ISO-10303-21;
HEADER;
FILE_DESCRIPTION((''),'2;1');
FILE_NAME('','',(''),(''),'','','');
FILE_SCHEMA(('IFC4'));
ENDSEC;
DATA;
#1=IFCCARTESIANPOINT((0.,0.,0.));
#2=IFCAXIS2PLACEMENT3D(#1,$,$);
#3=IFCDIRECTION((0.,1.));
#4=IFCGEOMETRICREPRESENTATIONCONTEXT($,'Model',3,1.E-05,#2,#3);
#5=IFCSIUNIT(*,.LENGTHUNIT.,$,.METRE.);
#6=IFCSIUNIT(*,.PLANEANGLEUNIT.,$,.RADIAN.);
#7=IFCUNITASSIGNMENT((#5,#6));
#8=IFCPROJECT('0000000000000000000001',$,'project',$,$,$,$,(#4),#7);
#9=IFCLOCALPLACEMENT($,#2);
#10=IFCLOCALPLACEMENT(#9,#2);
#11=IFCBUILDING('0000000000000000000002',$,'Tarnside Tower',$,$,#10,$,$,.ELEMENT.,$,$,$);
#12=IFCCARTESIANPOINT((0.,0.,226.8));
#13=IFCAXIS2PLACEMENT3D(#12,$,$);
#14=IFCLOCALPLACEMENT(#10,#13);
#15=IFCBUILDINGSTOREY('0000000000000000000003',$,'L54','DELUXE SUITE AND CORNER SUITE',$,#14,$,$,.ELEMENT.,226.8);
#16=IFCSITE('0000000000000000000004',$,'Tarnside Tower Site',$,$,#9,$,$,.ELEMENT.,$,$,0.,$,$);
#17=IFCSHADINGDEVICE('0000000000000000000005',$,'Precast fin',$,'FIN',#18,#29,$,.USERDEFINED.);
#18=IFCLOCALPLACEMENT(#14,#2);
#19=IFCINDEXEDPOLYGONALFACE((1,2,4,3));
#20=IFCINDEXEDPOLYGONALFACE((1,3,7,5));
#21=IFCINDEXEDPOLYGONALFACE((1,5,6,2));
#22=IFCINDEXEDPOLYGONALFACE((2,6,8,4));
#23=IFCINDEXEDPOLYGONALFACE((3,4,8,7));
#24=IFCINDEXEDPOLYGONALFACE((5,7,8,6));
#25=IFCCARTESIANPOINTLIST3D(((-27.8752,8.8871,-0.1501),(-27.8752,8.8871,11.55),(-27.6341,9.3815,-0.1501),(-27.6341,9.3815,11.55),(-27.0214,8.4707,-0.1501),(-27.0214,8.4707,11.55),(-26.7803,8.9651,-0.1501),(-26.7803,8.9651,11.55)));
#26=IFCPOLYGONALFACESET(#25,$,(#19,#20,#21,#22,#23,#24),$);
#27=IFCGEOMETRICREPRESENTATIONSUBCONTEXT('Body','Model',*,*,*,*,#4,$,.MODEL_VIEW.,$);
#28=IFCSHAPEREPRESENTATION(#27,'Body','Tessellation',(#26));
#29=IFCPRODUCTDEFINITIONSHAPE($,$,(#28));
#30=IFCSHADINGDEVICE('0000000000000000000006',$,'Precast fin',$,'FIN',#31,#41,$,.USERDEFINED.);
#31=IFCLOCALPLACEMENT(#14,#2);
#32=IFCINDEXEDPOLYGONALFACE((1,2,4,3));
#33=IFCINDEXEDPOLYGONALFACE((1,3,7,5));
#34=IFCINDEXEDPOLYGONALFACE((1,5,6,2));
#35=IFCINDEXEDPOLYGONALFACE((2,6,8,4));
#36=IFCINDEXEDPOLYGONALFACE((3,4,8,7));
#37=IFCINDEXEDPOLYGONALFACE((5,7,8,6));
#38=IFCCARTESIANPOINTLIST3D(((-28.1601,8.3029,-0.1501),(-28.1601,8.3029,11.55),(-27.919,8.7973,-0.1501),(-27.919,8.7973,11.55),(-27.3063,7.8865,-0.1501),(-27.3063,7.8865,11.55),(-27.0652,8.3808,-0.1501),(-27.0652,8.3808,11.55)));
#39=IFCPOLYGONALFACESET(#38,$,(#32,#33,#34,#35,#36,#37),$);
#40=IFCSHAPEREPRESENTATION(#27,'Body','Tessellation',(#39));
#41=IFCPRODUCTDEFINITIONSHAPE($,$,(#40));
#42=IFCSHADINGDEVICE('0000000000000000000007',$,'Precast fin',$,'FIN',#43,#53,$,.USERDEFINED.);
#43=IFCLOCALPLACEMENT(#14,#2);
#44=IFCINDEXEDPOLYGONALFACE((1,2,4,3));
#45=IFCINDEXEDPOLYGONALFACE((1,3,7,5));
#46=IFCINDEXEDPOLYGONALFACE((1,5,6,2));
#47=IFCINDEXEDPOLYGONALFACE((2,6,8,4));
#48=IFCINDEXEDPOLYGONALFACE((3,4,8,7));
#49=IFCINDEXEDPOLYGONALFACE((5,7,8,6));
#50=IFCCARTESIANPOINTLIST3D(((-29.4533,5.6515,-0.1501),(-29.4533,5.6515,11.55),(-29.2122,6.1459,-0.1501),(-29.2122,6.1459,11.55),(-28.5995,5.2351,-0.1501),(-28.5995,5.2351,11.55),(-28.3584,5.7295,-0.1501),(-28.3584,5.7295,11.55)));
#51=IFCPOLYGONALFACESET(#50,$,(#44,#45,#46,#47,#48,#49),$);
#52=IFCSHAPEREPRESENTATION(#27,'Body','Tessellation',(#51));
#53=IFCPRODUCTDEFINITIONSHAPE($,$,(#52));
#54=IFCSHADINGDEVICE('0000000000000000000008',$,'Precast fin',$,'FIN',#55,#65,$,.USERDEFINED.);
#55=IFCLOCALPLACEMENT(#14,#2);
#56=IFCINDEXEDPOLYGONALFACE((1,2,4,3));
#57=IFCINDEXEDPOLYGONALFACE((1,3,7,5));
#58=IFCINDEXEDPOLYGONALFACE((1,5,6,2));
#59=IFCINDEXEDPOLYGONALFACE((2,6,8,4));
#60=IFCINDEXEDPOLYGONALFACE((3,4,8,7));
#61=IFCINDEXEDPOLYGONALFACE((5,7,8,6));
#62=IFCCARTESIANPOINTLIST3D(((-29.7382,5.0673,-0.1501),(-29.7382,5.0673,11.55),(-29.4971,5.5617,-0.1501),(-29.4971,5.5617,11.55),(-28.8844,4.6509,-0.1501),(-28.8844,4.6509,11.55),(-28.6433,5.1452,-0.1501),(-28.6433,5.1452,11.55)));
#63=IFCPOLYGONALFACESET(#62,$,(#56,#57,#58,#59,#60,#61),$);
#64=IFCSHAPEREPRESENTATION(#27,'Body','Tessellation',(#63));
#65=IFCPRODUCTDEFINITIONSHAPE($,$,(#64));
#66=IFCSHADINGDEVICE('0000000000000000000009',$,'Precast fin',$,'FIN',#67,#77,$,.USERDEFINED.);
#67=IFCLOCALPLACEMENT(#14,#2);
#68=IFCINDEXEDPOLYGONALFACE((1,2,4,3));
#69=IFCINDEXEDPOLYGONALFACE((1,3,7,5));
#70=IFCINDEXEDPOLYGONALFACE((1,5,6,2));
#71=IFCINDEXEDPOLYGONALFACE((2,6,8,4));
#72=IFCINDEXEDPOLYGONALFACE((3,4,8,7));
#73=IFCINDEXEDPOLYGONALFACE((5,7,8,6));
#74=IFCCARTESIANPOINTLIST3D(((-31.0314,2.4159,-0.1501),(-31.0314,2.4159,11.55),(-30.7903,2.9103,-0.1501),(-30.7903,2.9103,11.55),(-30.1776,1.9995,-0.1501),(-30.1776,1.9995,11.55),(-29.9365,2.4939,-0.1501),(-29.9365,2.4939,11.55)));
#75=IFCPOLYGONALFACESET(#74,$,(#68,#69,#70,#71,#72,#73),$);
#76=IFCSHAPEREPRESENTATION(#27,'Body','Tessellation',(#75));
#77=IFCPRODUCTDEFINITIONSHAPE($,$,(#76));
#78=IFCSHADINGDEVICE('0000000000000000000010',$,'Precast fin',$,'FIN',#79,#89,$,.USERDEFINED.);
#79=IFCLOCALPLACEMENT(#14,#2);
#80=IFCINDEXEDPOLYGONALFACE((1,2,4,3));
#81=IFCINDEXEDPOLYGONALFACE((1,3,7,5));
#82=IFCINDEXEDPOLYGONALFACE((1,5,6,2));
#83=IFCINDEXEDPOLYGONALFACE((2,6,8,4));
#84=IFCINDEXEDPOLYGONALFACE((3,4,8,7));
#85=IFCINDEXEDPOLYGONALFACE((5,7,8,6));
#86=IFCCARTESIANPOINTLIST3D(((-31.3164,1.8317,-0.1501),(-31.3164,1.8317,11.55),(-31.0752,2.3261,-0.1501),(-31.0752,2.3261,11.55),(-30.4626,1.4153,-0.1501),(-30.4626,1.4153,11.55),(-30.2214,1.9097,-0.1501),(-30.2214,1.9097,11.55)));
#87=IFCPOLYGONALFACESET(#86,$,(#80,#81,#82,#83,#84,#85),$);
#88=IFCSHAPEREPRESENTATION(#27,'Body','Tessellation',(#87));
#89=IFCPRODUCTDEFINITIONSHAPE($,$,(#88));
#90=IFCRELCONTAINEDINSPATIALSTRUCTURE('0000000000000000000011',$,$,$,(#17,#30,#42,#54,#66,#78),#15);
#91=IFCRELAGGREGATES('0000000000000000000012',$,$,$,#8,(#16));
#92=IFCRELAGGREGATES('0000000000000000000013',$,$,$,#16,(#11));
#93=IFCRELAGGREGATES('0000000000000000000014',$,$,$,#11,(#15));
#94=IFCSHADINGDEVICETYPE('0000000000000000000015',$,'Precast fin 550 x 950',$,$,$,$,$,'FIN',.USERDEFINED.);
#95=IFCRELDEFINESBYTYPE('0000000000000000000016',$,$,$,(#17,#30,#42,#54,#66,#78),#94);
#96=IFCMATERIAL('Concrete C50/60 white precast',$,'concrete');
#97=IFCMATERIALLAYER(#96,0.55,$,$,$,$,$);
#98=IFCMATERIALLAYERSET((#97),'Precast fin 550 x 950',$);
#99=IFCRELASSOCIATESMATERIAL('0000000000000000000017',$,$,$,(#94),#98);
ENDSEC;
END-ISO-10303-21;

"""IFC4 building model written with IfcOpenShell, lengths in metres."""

from ifc_helpers import new_model, si_unit, direction, frame, origin, place, context, subcontext, project, spatial, polyline, outline, extrude, material, layer, layer_set, type_object, element, save


model = new_model("IFC4")

# Units and contexts
model_context = context("Model", 3, precision=1e-05, world=origin(), true_north=direction((0.0, 1.0)))
body_context = subcontext(model_context, "Body", "Model", "MODEL_VIEW")
ifc_project = project(units=[si_unit("LENGTHUNIT", "METRE"), si_unit("PLANEANGLEUNIT", "RADIAN")], contexts=[model_context])

# Site, building, storey
site_placement = place(None, origin())
site = spatial("IfcSite", under=ifc_project, at=site_placement, Name="Tarnside Tower Site", CompositionType="ELEMENT", RefElevation=0.0)
building_placement = place(site_placement, origin())
building = spatial("IfcBuilding", under=site, at=building_placement, Name="Tarnside Tower", CompositionType="ELEMENT")
storey_placement = place(building_placement, frame((0.0, 0.0, 226.8)))
storey = spatial("IfcBuildingStorey", under=building, at=storey_placement, Name="L54", Description="DELUXE SUITE AND CORNER SUITE", CompositionType="ELEMENT", Elevation=226.8)

# Shading devices
ifc_material_1 = material(Name="Concrete C50/60 white precast", Category="concrete")
ifc_layer_1 = layer(ifc_material_1, 0.55)
ifc_layer_set_1 = layer_set([ifc_layer_1], Name="Precast fin 550 x 950")
shading_device_type_1 = type_object("IfcShadingDeviceType", Name="Precast fin 550 x 950", ElementType="FIN", PredefinedType="USERDEFINED", material=ifc_layer_set_1)
for number, where, z_axis, x_axis, name in (
    (1, (-26.9009, 8.7178, -0.1501), (0.438371, 0.898794, 0.0), (-0.898794, 0.438371, 0.0), "Precast fin"),
    (2, (-27.1858, 8.1335, -0.1501), (0.438371, 0.898794, 0.0), (-0.898794, 0.438371, 0.0), "Precast fin"),
    (3, (-28.479, 5.4822, -0.1501), (0.438371, 0.898794, 0.0), (-0.898794, 0.438371, 0.0), "Precast fin"),
    (4, (-28.7639, 4.8979, -0.1501), (0.438371, 0.898794, 0.0), (-0.898794, 0.438371, 0.0), "Precast fin"),
    (5, (-30.0571, 2.2466, -0.1501), (0.438371, 0.898794, 0.0), (-0.898794, 0.438371, 0.0), "Precast fin"),
    (6, (-30.342, 1.6624, -0.1501), (0.438371, 0.898794, 0.0), (-0.898794, 0.438371, 0.0), "Precast fin"),
):
    element("IfcShadingDevice", number, at=place(storey_placement, frame(where, z_axis=z_axis, x_axis=x_axis)), inside=storey, type_object=shading_device_type_1, Name=name, ObjectType="FIN", PredefinedType="USERDEFINED", context=body_context, shape_type="SweptSolid", body=[
        extrude(outline(polyline([(0.0, 0.0), (0.95, 0.0), (0.95, 11.7002), (0.0, 11.7002), (0.0, 0.0)])), frame((0.0, 0.0, -0.2749)), (0.0, 0.0, 1.0), 0.55),
    ])

save(model, "model.ifc")
